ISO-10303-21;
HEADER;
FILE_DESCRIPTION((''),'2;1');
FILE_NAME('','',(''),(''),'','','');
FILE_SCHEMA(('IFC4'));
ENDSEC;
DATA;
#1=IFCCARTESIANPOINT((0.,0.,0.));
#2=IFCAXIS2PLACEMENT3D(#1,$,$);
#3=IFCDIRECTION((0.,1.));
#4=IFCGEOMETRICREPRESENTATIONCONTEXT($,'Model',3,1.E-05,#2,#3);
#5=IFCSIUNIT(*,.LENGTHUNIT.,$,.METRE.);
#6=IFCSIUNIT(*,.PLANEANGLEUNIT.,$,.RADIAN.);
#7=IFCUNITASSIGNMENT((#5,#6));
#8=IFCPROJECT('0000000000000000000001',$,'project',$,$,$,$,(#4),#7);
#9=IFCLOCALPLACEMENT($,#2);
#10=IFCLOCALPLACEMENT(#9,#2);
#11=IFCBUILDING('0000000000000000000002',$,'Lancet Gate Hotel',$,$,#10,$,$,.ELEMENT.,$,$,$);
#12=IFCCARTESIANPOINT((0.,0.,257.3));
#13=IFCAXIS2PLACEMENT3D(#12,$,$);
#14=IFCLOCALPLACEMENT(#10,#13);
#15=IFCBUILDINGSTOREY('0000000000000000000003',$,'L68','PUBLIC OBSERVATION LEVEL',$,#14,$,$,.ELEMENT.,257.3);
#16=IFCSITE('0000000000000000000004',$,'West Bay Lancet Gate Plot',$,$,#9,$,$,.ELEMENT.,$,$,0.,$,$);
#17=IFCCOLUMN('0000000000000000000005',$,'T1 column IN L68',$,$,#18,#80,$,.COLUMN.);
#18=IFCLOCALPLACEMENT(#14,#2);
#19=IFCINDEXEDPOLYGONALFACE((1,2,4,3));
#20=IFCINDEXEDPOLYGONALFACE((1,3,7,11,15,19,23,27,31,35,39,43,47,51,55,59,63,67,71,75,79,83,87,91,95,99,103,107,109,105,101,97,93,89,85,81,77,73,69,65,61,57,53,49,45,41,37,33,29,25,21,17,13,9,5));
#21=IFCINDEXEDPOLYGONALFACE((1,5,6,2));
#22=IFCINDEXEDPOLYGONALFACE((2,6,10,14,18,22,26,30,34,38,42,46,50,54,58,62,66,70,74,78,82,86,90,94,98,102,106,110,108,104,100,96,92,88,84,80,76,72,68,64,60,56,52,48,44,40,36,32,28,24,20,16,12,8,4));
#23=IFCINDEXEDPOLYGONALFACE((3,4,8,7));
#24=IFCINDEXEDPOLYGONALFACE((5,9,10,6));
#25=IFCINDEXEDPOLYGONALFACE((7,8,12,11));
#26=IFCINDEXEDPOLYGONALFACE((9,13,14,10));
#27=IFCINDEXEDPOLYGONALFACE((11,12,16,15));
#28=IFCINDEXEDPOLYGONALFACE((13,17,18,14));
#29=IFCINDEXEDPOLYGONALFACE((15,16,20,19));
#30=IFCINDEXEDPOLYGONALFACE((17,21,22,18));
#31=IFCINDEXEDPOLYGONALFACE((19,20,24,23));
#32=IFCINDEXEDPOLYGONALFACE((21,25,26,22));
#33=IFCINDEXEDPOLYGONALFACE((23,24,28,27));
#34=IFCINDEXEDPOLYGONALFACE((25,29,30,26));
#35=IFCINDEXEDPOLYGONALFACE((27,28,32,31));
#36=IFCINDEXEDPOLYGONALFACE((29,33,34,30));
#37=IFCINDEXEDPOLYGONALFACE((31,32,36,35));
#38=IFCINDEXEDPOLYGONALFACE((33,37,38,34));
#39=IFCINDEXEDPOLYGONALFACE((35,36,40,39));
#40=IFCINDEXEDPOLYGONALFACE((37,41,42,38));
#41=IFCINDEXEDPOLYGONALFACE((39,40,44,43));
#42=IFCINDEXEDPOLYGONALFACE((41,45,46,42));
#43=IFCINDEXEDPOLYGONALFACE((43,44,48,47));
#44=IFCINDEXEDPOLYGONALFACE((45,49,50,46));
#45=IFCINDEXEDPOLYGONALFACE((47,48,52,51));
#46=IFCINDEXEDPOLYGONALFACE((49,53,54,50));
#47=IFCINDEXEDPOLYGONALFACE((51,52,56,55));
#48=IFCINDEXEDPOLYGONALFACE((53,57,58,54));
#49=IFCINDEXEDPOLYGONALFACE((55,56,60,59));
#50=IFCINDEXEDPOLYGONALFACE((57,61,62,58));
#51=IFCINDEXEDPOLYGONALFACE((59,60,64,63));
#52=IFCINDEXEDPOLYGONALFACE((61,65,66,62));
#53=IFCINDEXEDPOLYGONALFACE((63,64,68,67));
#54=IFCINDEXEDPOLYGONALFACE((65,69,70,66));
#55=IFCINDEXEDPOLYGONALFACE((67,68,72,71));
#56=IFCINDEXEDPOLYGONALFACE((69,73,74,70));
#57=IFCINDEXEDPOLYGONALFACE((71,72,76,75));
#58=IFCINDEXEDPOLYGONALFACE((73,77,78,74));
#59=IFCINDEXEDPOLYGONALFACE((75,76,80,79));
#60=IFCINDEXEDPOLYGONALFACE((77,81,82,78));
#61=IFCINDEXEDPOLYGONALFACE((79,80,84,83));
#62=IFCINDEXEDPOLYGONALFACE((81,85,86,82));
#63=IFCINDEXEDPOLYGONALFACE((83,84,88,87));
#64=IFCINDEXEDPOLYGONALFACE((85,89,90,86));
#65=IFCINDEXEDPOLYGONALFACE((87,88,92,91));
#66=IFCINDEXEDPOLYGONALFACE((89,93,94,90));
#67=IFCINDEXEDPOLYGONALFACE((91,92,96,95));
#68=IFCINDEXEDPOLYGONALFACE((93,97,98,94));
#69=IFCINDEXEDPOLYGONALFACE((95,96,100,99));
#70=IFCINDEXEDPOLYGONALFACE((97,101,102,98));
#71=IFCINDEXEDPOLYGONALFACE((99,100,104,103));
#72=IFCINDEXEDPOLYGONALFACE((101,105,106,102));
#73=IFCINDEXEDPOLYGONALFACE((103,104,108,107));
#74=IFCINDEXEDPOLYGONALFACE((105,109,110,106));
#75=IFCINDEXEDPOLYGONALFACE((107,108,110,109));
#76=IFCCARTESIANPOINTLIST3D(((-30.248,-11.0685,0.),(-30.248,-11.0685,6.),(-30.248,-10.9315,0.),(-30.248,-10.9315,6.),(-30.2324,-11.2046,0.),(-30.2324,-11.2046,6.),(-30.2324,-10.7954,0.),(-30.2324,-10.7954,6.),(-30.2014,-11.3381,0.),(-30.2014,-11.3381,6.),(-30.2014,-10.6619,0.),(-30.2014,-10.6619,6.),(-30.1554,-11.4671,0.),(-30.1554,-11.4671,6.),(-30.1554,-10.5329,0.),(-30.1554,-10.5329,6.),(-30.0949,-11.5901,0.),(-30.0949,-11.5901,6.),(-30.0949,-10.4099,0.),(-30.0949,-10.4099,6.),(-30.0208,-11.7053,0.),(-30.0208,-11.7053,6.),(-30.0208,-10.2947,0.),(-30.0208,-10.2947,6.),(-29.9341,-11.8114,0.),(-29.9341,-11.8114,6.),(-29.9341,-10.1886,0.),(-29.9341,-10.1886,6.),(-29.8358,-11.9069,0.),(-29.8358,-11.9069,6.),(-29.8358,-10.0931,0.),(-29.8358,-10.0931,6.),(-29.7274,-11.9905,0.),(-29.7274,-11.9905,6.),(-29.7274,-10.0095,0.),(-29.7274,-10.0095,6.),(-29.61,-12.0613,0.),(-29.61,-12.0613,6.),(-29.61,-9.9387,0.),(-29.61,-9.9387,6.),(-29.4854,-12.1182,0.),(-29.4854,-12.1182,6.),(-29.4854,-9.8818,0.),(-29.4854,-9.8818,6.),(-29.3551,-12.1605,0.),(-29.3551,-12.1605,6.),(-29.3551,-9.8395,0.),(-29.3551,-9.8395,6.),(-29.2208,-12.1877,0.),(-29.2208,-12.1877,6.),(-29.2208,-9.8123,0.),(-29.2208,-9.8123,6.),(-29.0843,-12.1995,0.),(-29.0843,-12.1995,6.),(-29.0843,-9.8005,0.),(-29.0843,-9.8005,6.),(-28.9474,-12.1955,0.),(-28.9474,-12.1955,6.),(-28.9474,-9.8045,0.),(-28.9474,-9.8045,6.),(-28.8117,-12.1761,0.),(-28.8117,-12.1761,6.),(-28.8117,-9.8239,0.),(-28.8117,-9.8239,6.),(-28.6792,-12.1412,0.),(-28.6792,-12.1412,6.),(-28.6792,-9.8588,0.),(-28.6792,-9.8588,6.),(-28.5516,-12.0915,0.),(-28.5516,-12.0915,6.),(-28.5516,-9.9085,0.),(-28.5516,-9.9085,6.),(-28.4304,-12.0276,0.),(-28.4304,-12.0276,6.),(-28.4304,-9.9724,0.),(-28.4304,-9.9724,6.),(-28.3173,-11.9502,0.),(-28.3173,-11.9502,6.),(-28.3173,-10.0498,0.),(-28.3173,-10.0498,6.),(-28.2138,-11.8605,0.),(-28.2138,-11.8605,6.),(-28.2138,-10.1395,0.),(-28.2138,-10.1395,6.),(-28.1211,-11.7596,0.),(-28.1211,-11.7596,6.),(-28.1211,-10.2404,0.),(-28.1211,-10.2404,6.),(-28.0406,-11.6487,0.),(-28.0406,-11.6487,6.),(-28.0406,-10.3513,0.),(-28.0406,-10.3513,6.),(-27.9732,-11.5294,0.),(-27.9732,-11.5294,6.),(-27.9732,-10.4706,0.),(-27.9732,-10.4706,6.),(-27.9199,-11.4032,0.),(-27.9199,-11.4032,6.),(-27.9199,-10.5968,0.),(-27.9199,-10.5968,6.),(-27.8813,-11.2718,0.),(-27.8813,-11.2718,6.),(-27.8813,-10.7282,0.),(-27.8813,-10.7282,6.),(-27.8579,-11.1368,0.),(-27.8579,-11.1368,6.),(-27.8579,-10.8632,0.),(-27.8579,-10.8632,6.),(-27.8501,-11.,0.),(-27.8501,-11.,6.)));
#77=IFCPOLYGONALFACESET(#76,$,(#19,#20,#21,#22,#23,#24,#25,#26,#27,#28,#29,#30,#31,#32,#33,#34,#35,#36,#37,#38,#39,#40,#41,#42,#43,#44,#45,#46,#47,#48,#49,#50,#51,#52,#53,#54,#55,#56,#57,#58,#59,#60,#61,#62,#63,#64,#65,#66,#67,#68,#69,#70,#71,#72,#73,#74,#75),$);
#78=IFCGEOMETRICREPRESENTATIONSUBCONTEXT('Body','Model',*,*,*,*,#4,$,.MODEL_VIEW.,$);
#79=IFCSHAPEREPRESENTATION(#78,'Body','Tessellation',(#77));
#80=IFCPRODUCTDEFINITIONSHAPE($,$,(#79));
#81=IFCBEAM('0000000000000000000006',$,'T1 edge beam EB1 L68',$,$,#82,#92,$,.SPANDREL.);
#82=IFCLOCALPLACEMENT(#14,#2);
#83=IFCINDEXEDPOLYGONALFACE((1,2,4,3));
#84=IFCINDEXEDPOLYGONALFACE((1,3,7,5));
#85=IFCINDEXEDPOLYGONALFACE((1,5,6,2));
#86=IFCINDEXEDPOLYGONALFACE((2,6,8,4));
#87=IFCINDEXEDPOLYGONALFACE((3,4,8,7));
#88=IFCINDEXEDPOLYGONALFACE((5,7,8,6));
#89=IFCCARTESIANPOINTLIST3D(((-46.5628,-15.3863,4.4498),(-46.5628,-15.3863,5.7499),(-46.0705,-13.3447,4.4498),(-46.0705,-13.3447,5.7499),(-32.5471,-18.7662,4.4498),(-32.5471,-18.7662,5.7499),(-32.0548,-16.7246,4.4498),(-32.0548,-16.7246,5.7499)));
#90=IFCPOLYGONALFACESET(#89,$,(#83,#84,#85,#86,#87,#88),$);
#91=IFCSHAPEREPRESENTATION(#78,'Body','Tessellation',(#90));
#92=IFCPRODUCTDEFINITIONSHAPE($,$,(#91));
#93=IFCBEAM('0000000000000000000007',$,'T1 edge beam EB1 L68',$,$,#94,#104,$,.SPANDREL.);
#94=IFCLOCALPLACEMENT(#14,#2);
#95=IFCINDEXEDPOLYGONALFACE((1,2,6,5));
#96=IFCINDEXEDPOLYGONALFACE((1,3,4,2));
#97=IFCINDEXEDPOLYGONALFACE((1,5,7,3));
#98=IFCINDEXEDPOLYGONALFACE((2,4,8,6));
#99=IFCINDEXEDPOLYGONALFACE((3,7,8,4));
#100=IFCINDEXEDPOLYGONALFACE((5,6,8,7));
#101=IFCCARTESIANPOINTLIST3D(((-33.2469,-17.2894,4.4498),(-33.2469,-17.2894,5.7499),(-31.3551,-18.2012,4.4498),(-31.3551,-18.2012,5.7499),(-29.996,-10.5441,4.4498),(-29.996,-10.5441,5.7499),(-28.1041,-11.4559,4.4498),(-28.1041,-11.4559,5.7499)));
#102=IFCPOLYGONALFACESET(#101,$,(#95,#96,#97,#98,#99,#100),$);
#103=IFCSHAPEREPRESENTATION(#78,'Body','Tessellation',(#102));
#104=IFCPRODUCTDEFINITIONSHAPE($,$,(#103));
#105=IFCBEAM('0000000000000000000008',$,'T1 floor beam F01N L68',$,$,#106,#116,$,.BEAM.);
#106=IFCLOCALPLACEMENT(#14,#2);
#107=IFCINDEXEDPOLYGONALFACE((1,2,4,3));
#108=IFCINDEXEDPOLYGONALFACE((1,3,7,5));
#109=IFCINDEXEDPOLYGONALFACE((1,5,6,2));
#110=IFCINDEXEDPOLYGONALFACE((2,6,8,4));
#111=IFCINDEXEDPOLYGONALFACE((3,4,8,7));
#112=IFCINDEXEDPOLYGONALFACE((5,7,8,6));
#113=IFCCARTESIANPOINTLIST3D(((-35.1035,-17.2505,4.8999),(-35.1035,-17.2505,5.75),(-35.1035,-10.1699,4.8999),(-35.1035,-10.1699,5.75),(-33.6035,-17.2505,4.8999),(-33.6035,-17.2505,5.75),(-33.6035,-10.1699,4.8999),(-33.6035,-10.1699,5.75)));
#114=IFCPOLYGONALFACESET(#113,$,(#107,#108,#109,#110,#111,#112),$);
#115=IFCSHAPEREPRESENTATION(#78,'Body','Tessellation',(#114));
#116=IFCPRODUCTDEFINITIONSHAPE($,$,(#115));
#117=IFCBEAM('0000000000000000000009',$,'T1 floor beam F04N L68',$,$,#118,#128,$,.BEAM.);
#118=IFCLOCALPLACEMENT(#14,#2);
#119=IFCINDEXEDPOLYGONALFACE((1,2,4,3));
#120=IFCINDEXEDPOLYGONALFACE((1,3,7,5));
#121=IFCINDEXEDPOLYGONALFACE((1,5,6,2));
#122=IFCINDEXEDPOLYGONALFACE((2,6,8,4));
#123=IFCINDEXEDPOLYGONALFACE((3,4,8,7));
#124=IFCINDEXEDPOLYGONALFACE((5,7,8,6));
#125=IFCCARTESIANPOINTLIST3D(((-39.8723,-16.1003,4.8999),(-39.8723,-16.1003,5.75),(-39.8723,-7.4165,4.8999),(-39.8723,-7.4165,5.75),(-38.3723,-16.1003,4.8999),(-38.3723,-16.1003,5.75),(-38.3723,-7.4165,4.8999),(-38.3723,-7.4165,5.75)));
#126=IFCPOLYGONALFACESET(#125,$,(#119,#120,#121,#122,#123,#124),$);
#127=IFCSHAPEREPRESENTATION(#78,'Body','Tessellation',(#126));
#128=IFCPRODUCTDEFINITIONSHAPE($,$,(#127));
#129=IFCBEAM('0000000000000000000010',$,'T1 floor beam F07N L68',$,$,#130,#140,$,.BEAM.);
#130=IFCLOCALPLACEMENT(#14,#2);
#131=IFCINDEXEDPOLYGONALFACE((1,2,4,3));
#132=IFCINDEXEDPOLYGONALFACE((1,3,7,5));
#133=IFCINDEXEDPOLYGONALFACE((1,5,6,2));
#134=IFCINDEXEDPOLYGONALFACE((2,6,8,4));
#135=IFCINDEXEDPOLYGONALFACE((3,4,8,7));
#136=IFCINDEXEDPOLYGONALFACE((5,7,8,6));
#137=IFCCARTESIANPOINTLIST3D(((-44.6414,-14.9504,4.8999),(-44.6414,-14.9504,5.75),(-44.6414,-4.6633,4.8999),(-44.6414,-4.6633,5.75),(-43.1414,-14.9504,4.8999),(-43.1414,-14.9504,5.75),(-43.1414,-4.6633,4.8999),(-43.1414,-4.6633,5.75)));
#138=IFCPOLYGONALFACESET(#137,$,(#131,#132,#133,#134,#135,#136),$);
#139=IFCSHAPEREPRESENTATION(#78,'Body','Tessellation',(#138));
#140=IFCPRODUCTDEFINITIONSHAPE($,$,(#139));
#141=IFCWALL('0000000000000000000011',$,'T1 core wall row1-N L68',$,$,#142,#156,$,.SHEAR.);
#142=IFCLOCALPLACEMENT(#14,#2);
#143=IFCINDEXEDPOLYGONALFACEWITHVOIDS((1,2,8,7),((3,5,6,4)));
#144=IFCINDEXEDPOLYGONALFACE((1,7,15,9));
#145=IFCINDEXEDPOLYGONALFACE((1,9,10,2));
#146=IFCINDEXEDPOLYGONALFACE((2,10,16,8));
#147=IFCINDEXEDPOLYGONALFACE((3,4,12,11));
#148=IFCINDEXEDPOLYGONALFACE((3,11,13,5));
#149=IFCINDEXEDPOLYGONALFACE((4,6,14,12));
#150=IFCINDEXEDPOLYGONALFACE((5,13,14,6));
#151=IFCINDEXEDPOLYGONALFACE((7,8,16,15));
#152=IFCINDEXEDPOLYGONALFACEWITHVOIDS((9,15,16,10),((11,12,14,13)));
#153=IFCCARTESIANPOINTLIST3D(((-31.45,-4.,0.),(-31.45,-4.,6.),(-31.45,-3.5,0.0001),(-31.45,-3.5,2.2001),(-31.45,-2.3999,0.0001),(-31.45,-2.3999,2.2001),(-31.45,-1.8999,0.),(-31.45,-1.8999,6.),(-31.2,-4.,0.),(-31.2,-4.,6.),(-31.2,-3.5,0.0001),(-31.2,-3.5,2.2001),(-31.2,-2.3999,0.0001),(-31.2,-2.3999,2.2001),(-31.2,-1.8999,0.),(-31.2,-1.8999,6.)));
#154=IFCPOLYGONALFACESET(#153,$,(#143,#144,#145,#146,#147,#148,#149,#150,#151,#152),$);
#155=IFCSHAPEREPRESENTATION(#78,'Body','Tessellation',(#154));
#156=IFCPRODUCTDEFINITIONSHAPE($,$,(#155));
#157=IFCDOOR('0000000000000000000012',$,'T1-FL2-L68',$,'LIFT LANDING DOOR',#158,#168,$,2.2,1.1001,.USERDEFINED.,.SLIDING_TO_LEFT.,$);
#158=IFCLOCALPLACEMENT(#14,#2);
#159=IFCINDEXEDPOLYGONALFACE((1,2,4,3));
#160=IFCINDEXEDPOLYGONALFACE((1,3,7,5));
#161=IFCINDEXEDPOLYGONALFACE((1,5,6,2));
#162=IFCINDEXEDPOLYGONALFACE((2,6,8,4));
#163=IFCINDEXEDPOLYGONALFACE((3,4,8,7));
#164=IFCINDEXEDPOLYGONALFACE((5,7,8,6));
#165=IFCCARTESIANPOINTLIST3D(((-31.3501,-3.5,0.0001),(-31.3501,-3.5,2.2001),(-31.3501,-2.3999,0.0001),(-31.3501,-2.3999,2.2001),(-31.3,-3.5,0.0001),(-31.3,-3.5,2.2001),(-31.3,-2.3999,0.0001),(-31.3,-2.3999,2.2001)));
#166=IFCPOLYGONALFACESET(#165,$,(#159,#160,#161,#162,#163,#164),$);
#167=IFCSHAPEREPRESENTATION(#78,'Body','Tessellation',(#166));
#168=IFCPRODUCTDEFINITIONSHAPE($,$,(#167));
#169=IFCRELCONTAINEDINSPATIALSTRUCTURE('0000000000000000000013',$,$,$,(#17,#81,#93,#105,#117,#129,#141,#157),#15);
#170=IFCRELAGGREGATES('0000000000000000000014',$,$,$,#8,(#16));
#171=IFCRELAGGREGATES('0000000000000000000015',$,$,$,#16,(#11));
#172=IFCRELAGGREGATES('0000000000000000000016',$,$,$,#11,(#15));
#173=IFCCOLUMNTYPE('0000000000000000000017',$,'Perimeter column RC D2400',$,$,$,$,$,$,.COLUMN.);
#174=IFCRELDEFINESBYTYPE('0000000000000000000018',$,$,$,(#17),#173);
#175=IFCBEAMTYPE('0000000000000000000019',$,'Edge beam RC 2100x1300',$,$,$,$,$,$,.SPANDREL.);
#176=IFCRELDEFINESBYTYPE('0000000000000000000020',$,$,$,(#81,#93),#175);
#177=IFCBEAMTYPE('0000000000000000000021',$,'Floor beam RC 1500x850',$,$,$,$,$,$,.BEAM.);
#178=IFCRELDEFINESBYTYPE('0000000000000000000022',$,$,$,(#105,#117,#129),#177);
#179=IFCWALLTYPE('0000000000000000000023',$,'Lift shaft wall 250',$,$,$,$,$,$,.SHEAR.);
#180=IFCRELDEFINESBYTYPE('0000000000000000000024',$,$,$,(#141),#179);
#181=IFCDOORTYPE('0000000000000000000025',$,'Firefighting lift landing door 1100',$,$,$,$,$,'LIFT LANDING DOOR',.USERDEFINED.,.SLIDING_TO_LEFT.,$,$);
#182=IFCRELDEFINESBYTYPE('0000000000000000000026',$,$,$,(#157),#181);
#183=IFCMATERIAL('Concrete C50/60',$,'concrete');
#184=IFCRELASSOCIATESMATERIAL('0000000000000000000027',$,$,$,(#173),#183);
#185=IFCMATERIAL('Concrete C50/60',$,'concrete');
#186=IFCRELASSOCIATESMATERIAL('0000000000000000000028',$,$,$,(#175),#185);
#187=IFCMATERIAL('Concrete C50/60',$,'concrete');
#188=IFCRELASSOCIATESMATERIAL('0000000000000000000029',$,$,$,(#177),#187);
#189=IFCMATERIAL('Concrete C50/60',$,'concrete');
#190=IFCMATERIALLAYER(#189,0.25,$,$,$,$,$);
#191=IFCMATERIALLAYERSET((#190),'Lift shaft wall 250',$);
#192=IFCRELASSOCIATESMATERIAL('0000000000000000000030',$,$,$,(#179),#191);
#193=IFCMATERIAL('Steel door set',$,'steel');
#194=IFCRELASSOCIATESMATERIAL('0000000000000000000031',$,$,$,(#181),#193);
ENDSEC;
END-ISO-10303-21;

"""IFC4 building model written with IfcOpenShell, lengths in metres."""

from ifc_helpers import new_model, si_unit, direction, frame, frame_2d, origin, origin_2d, place, context, subcontext, project, spatial, rectangle, circle, extrude, material, layer, layer_set, material_profile, profile_set, type_object, element, fill, save


model = new_model("IFC4")

# Units and contexts
model_context = context("Model", 3, precision=1e-05, world=origin(), true_north=direction((0.0, 1.0)))
body_context = subcontext(model_context, "Body", "Model", "MODEL_VIEW")
ifc_project = project(units=[si_unit("LENGTHUNIT", "METRE"), si_unit("PLANEANGLEUNIT", "RADIAN")], contexts=[model_context])

# Site, building, storey
site_placement = place(None, origin())
site = spatial("IfcSite", under=ifc_project, at=site_placement, Name="West Bay Lancet Gate Plot", CompositionType="ELEMENT", RefElevation=0.0)
building_placement = place(site_placement, origin())
building = spatial("IfcBuilding", under=site, at=building_placement, Name="Lancet Gate Hotel", CompositionType="ELEMENT")
storey_placement = place(building_placement, frame((0.0, 0.0, 257.3)))
storey = spatial("IfcBuildingStorey", under=building, at=storey_placement, Name="L68", Description="PUBLIC OBSERVATION LEVEL", CompositionType="ELEMENT", Elevation=257.3)

# Column
ifc_material_1 = material(Name="Concrete C50/60", Category="concrete")
ifc_material_profile_1 = material_profile(ifc_material_1, circle(Radius=1.2, at=origin_2d()), Name="RC D2400")
ifc_profile_set_1 = profile_set([ifc_material_profile_1], Name="Concrete C50/60")
column_type = type_object("IfcColumnType", Name="Perimeter column RC D2400", PredefinedType="COLUMN", material=ifc_profile_set_1)
column_placement = place(storey_placement, frame((-29.05, -11.0, 0.0), z_axis=(0.0, 0.0, 1.0), x_axis=(1.0, 0.0, 0.0)))
element("IfcColumn", 1, at=column_placement, inside=storey, type_object=column_type, Name="T1 column IN L68", PredefinedType="COLUMN", context=body_context, shape_type="SweptSolid", body=[
    extrude(circle(Radius=1.2, at=origin_2d()), origin(), (0.0, 0.0, 1.0), 6.0),
])

# Beams
ifc_material_2 = material(Name="Concrete C50/60", Category="concrete")
ifc_material_profile_2 = material_profile(ifc_material_2, rectangle(XDim=2.1001, YDim=1.3, at=origin_2d()), Name="RC 2100x1300")
ifc_profile_set_2 = profile_set([ifc_material_profile_2], Name="Concrete C50/60")
beam_type_1 = type_object("IfcBeamType", Name="Edge beam RC 2100x1300", PredefinedType="SPANDREL", material=ifc_profile_set_2)
beam_1_placement = place(storey_placement, frame((-46.3167, -14.3655, 5.0999), z_axis=(0.972133, -0.234431, 0.0), x_axis=(0.234431, 0.972133, 0.0)))
element("IfcBeam", 2, at=beam_1_placement, inside=storey, type_object=beam_type_1, Name="T1 edge beam EB1 L68", PredefinedType="SPANDREL", context=body_context, shape_type="SweptSolid", body=[
    extrude(rectangle(XDim=2.1001, YDim=1.3, at=origin_2d()), origin(), (0.0, 0.0, 1.0), 14.4175),
])
beam_2_placement = place(storey_placement, frame((-29.05, -11.0, 5.0999), z_axis=(-0.434164, -0.900834, 0.0), x_axis=(0.900834, -0.434164, 0.0)))
element("IfcBeam", 3, at=beam_2_placement, inside=storey, type_object=beam_type_1, Name="T1 edge beam EB1 L68", PredefinedType="SPANDREL", context=body_context, shape_type="SweptSolid", body=[
    extrude(rectangle(XDim=2.1001, YDim=1.3, at=origin_2d()), origin(), (0.0, 0.0, 1.0), 7.4878),
])
ifc_material_3 = material(Name="Concrete C50/60", Category="concrete")
ifc_material_profile_3 = material_profile(ifc_material_3, rectangle(XDim=1.5, YDim=0.8501, at=origin_2d()), Name="RC 1500x850")
ifc_profile_set_3 = profile_set([ifc_material_profile_3], Name="Concrete C50/60")
beam_type_2 = type_object("IfcBeamType", Name="Floor beam RC 1500x850", PredefinedType="BEAM", material=ifc_profile_set_3)
beam_3_placement = place(storey_placement, frame((-34.3535, -10.1699, 5.325), z_axis=(0.0, -1.0, 0.0), x_axis=(1.0, 0.0, 0.0)))
element("IfcBeam", 4, at=beam_3_placement, inside=storey, type_object=beam_type_2, Name="T1 floor beam F01N L68", PredefinedType="BEAM", context=body_context, shape_type="SweptSolid", body=[
    extrude(rectangle(XDim=1.5, YDim=0.8501, at=origin_2d()), origin(), (0.0, 0.0, 1.0), 7.0806),
])
beam_4_placement = place(storey_placement, frame((-39.1223, -7.4165, 5.325), z_axis=(0.0, -1.0, 0.0), x_axis=(1.0, 0.0, 0.0)))
element("IfcBeam", 5, at=beam_4_placement, inside=storey, type_object=beam_type_2, Name="T1 floor beam F04N L68", PredefinedType="BEAM", context=body_context, shape_type="SweptSolid", body=[
    extrude(rectangle(XDim=1.5, YDim=0.8501, at=origin_2d()), origin(), (0.0, 0.0, 1.0), 8.6838),
])
beam_5_placement = place(storey_placement, frame((-43.8914, -4.6633, 5.325), z_axis=(0.0, -1.0, 0.0), x_axis=(1.0, 0.0, 0.0)))
element("IfcBeam", 6, at=beam_5_placement, inside=storey, type_object=beam_type_2, Name="T1 floor beam F07N L68", PredefinedType="BEAM", context=body_context, shape_type="SweptSolid", body=[
    extrude(rectangle(XDim=1.5, YDim=0.8501, at=origin_2d()), origin(), (0.0, 0.0, 1.0), 10.2871),
])

# Wall, opening, door
ifc_material_4 = material(Name="Concrete C50/60", Category="concrete")
ifc_layer_1 = layer(ifc_material_4, 0.25)
ifc_layer_set_1 = layer_set([ifc_layer_1], Name="Lift shaft wall 250")
wall_type_1 = type_object("IfcWallType", Name="Lift shaft wall 250", PredefinedType="SHEAR", material=ifc_layer_set_1)
wall_1_placement = place(storey_placement, frame((-31.325, -1.8999, 0.0), z_axis=(0.0, 0.0, 1.0), x_axis=(0.0, -1.0, 0.0)))
wall_1 = element("IfcWall", 7, at=wall_1_placement, inside=storey, type_object=wall_type_1, Name="T1 core wall row1-N L68", PredefinedType="SHEAR", context=body_context, shape_type="SweptSolid", body=[
    extrude(rectangle(XDim=2.1001, YDim=0.25, at=frame_2d((1.05, 0.0))), origin(), (0.0, 0.0, 1.0), 6.0),
])
opening_1_placement = place(wall_1_placement, frame((0.5, 0.0, 0.0)))
opening_1 = element("IfcOpeningElement", 8, at=opening_1_placement, cuts=wall_1, PredefinedType="OPENING", context=body_context, shape_type="SweptSolid", body=[
    extrude(rectangle(XDim=1.1001, YDim=2.2, at=frame_2d((0.55, 1.1001))), frame((0.0, 0.135, 0.0), z_axis=(0.0, -1.0, 0.0), x_axis=(1.0, 0.0, 0.0)), (0.0, 0.0, 1.0), 0.27),
])
ifc_material_5 = material(Name="Steel door set", Category="steel")
door_type_1 = type_object("IfcDoorType", Name="Firefighting lift landing door 1100", ElementType="LIFT LANDING DOOR", OperationType="SLIDING_TO_LEFT", PredefinedType="USERDEFINED", material=ifc_material_5)
door_1_placement = place(opening_1_placement, origin())
door_1 = element("IfcDoor", 9, at=door_1_placement, inside=storey, type_object=door_type_1, Name="T1-FL2-L68", ObjectType="LIFT LANDING DOOR", OperationType="SLIDING_TO_LEFT", OverallHeight=2.2, OverallWidth=1.1001, PredefinedType="USERDEFINED", context=body_context, shape_type="SweptSolid", body=[
    extrude(rectangle(XDim=1.1001, YDim=2.2, at=frame_2d((0.55, 1.1001))), frame((0.0, 0.0249, 0.0), z_axis=(0.0, -1.0, 0.0), x_axis=(1.0, 0.0, 0.0)), (0.0, 0.0, 1.0), 0.05),
])
fill(opening_1, door_1)

save(model, "model.ifc")
